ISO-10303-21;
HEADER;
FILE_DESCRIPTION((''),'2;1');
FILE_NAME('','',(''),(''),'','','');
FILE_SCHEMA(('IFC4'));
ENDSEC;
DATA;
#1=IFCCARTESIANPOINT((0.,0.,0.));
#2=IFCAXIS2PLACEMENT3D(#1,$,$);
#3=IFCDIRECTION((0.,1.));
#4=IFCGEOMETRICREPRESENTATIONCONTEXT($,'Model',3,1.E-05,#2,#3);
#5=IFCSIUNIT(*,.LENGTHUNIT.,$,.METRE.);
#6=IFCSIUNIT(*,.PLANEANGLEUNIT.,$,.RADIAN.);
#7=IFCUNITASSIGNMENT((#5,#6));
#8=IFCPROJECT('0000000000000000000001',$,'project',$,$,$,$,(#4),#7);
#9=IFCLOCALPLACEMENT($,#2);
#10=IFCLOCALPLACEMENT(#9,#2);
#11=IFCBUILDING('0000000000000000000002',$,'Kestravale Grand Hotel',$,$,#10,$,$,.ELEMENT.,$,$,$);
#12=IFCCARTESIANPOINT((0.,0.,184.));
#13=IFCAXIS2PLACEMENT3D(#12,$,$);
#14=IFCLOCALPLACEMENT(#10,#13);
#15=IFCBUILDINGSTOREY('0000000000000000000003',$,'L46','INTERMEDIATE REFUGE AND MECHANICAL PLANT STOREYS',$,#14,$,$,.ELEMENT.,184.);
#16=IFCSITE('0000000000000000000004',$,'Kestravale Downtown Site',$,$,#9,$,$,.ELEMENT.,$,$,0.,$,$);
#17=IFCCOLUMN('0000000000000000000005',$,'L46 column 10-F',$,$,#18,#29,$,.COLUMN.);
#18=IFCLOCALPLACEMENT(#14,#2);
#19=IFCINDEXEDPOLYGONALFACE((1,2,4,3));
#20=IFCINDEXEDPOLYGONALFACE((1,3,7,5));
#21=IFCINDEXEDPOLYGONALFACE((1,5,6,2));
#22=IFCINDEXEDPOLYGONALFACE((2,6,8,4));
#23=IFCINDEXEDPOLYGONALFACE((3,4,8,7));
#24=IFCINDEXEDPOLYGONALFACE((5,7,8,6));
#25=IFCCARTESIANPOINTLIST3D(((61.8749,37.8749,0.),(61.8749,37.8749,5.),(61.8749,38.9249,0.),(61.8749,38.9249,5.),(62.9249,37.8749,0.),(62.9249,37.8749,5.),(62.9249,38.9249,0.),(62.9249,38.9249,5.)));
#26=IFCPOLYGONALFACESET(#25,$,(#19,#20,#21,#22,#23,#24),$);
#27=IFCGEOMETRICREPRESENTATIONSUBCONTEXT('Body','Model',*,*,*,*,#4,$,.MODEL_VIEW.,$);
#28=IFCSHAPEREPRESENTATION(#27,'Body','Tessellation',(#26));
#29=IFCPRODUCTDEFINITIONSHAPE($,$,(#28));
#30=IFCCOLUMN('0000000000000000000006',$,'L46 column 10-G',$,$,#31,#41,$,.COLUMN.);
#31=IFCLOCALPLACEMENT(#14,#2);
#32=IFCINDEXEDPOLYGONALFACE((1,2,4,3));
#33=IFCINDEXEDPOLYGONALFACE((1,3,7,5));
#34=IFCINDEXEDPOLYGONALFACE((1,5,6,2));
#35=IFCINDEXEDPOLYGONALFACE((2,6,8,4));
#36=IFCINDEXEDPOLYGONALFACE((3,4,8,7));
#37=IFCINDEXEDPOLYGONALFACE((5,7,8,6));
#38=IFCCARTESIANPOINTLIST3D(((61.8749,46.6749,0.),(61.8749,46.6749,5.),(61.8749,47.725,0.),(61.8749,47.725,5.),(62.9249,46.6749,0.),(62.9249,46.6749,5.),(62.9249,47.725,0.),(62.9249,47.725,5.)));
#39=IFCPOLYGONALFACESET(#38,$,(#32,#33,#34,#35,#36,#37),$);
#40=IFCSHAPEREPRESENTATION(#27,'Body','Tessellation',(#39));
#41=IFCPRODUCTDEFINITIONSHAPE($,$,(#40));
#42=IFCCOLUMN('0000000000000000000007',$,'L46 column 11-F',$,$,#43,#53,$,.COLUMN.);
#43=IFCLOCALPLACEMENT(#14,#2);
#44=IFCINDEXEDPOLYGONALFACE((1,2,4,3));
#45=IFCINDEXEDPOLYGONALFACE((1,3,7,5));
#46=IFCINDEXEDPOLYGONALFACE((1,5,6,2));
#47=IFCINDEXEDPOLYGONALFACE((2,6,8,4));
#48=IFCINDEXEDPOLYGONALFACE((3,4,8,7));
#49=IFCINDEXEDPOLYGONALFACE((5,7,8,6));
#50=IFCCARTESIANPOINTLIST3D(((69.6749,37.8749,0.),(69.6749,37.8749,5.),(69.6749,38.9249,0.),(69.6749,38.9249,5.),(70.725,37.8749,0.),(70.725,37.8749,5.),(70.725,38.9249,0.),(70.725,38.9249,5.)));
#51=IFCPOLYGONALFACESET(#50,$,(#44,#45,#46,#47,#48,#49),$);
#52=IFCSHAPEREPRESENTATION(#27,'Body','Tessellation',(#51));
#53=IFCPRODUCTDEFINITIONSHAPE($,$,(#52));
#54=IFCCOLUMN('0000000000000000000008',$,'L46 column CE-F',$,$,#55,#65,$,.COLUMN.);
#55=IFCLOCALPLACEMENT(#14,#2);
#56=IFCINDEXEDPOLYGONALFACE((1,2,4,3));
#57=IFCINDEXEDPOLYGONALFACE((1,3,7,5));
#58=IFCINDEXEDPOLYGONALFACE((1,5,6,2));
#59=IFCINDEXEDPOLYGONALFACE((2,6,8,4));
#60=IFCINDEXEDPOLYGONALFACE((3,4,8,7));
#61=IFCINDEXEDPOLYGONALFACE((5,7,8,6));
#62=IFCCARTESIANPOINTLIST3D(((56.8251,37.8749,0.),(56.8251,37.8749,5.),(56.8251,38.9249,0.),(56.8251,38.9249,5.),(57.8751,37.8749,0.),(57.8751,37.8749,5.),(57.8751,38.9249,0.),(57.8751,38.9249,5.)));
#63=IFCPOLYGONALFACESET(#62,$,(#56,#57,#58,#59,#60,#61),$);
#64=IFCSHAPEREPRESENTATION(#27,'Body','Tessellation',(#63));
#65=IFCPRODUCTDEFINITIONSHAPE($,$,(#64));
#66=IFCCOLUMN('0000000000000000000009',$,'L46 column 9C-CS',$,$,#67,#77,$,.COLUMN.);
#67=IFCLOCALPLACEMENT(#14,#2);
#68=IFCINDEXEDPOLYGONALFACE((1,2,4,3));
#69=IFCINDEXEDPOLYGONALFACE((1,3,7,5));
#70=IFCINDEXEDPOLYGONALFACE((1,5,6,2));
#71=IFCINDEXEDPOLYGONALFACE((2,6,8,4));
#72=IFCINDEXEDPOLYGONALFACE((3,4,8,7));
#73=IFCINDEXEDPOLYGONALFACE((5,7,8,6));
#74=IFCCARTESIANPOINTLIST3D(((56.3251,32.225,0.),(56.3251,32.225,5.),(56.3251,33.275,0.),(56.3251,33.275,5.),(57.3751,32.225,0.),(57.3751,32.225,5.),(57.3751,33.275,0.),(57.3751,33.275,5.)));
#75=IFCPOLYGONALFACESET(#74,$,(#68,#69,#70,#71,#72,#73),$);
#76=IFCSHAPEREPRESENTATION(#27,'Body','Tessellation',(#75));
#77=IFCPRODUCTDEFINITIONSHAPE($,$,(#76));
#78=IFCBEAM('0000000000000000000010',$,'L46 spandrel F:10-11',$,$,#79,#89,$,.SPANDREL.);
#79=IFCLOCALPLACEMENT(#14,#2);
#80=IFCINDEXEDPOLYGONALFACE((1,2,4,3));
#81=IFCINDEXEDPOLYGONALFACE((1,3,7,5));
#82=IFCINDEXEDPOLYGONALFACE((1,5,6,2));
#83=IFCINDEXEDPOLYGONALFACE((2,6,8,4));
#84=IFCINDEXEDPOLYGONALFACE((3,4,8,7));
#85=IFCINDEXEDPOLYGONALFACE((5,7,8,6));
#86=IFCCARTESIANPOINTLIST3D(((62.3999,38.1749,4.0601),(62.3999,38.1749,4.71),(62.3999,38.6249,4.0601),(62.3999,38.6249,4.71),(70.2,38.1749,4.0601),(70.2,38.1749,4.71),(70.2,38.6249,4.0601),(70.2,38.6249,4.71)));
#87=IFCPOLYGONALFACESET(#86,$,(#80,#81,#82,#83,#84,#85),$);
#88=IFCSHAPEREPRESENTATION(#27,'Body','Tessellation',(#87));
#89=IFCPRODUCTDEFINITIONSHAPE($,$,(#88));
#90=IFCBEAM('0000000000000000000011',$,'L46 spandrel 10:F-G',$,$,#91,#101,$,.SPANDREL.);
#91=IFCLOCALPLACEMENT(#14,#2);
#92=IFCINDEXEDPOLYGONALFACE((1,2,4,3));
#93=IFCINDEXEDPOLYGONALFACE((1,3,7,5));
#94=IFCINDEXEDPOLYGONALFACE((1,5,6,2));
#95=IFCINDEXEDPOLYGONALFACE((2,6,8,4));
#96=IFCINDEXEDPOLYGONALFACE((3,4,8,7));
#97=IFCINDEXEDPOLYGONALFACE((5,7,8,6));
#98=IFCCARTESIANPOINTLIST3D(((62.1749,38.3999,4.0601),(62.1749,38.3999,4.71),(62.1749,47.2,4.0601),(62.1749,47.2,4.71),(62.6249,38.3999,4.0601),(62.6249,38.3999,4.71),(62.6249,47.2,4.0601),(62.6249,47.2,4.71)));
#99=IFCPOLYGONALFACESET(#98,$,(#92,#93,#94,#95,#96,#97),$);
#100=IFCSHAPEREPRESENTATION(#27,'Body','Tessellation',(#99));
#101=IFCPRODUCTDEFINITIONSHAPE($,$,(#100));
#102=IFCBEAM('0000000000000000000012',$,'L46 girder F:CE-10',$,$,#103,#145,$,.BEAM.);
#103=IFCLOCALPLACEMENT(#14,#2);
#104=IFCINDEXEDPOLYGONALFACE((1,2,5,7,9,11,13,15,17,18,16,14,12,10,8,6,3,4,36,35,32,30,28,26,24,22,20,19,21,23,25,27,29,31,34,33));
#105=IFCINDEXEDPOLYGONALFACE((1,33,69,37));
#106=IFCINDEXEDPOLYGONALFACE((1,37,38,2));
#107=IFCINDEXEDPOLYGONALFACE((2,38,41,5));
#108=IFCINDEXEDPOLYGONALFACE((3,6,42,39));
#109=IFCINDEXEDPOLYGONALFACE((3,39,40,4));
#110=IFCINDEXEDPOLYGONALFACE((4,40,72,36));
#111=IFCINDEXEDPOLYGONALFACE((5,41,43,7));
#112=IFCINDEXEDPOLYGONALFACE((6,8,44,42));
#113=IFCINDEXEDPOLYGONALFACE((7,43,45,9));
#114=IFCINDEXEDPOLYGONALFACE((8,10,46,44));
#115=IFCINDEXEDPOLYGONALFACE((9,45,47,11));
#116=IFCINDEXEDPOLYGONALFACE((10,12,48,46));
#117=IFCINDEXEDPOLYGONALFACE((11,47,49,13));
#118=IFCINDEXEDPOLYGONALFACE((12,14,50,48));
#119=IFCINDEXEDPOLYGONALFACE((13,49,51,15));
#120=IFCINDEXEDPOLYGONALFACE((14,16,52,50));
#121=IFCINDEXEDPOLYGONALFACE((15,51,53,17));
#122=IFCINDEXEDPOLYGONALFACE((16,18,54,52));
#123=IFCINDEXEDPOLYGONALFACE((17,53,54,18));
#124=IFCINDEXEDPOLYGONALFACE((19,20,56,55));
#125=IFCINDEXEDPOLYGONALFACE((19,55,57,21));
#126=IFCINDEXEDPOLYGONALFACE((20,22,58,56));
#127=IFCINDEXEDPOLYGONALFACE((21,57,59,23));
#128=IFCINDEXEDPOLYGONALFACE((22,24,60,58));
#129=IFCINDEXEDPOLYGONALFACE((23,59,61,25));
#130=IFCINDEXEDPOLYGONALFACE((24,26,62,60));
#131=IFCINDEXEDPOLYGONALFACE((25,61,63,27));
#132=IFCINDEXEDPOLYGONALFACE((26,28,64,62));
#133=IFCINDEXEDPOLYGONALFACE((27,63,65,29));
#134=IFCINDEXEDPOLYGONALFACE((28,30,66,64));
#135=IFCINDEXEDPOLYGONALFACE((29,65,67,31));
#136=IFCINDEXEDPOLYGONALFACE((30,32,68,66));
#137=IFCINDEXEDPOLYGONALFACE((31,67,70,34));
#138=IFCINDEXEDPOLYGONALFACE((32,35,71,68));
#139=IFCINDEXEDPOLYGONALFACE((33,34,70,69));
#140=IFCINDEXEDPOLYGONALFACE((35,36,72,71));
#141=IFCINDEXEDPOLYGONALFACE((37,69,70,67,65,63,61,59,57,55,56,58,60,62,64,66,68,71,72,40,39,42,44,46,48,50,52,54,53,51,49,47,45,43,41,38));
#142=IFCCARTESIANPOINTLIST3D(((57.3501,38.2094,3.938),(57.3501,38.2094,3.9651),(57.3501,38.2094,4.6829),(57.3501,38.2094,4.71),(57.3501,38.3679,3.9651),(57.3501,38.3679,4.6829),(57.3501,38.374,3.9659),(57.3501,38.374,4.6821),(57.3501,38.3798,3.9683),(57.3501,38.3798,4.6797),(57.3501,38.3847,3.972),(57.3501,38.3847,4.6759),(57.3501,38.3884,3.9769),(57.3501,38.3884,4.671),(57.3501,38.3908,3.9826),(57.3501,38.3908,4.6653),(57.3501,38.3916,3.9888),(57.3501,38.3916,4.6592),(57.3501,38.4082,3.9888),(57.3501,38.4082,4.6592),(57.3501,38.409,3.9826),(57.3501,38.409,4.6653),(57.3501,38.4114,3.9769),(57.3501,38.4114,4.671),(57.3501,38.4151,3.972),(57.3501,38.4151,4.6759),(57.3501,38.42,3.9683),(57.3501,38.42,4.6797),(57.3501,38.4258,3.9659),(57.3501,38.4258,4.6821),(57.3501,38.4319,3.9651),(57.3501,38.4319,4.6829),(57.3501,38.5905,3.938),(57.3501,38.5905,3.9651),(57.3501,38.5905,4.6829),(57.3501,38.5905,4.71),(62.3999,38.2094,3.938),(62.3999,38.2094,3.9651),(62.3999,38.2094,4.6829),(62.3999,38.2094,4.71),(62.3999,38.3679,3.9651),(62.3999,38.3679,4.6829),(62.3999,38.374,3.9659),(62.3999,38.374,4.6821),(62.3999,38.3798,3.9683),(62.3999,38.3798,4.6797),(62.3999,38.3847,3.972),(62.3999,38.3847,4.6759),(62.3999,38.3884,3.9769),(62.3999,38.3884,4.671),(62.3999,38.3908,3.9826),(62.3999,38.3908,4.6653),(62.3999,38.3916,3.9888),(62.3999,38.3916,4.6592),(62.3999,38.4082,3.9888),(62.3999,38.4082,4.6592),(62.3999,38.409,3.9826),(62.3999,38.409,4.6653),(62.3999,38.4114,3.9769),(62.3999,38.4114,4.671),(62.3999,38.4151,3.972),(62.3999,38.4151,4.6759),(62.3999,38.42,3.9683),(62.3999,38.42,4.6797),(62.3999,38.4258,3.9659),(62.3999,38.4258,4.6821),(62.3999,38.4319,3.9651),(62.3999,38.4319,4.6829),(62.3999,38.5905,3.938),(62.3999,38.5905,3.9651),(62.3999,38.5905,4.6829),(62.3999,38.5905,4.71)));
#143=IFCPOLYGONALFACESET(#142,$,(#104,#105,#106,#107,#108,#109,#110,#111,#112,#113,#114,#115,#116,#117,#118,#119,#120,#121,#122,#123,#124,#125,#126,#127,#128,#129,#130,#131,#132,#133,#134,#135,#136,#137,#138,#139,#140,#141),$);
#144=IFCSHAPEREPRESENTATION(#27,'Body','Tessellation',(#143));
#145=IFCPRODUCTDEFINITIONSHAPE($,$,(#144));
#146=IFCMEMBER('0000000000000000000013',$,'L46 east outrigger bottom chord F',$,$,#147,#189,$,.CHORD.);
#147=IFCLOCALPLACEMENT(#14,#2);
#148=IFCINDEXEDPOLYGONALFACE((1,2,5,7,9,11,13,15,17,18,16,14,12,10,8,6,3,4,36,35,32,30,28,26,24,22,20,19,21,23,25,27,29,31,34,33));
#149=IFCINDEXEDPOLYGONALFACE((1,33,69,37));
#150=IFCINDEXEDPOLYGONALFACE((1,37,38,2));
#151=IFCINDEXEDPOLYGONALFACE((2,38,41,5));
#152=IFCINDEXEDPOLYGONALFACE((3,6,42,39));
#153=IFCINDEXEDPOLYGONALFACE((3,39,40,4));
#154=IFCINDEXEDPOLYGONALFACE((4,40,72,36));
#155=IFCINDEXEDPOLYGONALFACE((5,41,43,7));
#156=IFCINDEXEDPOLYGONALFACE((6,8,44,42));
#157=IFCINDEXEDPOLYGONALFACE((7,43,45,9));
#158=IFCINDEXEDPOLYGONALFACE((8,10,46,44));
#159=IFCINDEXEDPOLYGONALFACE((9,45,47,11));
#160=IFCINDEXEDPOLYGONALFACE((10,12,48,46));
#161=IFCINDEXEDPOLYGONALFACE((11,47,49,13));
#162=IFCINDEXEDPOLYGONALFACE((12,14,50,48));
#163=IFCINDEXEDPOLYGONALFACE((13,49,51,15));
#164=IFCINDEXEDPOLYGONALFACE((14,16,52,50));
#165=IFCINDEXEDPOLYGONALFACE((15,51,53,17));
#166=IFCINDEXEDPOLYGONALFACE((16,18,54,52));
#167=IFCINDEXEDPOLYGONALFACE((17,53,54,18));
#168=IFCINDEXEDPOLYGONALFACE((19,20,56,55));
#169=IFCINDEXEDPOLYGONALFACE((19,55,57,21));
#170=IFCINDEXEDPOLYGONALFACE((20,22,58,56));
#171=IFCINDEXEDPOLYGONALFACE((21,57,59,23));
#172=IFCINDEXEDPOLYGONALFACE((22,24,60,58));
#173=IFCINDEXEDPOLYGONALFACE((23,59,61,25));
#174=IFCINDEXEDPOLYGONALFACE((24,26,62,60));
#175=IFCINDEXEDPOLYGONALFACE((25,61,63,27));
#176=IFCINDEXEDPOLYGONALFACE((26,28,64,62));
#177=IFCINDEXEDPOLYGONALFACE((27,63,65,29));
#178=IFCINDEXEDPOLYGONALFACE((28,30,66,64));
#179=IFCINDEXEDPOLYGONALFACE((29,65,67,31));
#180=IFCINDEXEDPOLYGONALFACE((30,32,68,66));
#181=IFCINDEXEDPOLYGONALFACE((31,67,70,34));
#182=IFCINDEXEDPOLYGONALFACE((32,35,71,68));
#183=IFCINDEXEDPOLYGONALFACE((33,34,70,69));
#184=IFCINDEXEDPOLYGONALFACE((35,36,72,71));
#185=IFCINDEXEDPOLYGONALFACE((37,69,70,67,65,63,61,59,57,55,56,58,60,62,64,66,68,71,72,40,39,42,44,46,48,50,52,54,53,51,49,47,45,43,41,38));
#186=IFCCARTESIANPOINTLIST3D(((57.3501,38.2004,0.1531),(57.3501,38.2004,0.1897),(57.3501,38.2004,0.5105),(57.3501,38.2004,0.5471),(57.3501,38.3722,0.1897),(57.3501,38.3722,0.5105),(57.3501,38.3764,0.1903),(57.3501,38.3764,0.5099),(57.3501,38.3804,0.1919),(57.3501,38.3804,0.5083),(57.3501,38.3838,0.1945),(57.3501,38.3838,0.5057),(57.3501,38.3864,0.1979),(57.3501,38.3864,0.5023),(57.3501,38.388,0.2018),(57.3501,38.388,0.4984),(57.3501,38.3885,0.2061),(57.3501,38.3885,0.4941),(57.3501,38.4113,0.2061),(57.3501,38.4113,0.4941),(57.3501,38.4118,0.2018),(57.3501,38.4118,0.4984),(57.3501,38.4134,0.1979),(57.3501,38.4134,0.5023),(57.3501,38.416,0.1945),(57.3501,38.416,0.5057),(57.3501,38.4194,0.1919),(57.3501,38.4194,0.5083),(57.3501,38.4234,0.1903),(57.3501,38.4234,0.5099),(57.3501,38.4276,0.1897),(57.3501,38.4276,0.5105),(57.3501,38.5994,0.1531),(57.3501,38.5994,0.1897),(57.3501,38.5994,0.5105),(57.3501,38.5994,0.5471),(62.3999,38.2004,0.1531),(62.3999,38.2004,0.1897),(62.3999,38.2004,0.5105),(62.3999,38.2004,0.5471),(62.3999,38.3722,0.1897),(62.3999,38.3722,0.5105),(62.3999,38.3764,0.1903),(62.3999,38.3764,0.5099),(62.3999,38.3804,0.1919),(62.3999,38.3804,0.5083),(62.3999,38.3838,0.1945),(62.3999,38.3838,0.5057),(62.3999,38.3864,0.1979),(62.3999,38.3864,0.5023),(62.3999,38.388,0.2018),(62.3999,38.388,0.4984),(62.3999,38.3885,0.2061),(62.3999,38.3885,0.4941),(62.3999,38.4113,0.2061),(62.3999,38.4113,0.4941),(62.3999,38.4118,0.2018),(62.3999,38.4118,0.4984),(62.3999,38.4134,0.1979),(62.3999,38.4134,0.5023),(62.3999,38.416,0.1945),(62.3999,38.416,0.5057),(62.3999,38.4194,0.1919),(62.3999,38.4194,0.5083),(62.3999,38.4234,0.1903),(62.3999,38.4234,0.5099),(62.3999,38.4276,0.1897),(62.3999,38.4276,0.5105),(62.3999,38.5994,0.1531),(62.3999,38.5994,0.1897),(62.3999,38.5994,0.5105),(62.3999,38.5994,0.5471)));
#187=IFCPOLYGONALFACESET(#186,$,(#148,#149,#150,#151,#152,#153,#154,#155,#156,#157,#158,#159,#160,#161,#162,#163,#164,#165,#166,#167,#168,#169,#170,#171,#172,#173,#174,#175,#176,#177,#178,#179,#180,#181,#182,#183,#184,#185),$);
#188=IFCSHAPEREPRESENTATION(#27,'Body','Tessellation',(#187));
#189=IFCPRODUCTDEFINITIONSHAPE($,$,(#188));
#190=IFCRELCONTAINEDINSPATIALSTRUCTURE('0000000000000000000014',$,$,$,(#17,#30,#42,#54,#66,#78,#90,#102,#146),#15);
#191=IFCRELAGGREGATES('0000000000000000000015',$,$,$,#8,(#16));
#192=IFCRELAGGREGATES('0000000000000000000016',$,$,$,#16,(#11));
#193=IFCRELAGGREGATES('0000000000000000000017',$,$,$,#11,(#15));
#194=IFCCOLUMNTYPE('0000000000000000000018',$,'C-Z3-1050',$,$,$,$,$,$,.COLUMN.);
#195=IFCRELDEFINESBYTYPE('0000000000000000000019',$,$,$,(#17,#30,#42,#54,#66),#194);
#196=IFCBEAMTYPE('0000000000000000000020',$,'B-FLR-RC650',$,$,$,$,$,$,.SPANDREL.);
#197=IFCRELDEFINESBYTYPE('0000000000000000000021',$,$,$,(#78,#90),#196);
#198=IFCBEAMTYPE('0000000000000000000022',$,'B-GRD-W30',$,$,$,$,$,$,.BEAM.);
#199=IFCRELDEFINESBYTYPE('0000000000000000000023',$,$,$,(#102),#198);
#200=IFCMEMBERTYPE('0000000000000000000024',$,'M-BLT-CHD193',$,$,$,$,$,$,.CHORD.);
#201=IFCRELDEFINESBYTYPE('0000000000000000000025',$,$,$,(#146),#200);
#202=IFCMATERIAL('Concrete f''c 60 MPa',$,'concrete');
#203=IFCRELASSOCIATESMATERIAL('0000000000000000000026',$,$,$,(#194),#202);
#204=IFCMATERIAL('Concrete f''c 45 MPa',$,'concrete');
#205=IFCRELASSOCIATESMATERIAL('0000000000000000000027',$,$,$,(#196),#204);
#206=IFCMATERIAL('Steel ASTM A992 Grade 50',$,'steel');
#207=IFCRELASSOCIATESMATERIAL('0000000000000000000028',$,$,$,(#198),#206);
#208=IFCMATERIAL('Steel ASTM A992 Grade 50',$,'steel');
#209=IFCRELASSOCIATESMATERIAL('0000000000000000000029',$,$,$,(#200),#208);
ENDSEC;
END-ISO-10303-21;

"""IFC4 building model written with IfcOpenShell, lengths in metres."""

from ifc_helpers import new_model, si_unit, direction, frame, origin, origin_2d, place, context, subcontext, project, spatial, rectangle, i_section, extrude, material, material_profile, profile_set, type_object, element, save


model = new_model("IFC4")

# Units and contexts
model_context = context("Model", 3, precision=1e-05, world=origin(), true_north=direction((0.0, 1.0)))
body_context = subcontext(model_context, "Body", "Model", "MODEL_VIEW")
ifc_project = project(units=[si_unit("LENGTHUNIT", "METRE"), si_unit("PLANEANGLEUNIT", "RADIAN")], contexts=[model_context])

# Site, building, storey
site_placement = place(None, origin())
site = spatial("IfcSite", under=ifc_project, at=site_placement, Name="Kestravale Downtown Site", CompositionType="ELEMENT", RefElevation=0.0)
building_placement = place(site_placement, origin())
building = spatial("IfcBuilding", under=site, at=building_placement, Name="Kestravale Grand Hotel", CompositionType="ELEMENT")
storey_placement = place(building_placement, frame((0.0, 0.0, 184.0)))
storey = spatial("IfcBuildingStorey", under=building, at=storey_placement, Name="L46", Description="INTERMEDIATE REFUGE AND MECHANICAL PLANT STOREYS", CompositionType="ELEMENT", Elevation=184.0)

# Columns
ifc_material_1 = material(Name="Concrete f'c 60 MPa", Category="concrete")
ifc_material_profile_1 = material_profile(ifc_material_1, rectangle(XDim=1.05, YDim=1.05, at=origin_2d()))
ifc_profile_set_1 = profile_set([ifc_material_profile_1], Name="Concrete f'c 60 MPa")
column_type = type_object("IfcColumnType", Name="C-Z3-1050", PredefinedType="COLUMN", material=ifc_profile_set_1)
for number, where, z_axis, x_axis, name in (
    (1, (62.3999, 38.3999, 0.0), (0.0, 0.0, 1.0), (1.0, 0.0, 0.0), "L46 column 10-F"),
    (2, (62.3999, 47.2, 0.0), (0.0, 0.0, 1.0), (1.0, 0.0, 0.0), "L46 column 10-G"),
    (3, (70.2, 38.3999, 0.0), (0.0, 0.0, 1.0), (1.0, 0.0, 0.0), "L46 column 11-F"),
    (4, (57.3501, 38.3999, 0.0), (0.0, 0.0, 1.0), (1.0, 0.0, 0.0), "L46 column CE-F"),
    (5, (56.8501, 32.75, 0.0), (0.0, 0.0, 1.0), (1.0, 0.0, 0.0), "L46 column 9C-CS"),
):
    element("IfcColumn", number, at=place(storey_placement, frame(where, z_axis=z_axis, x_axis=x_axis)), inside=storey, type_object=column_type, Name=name, PredefinedType="COLUMN", context=body_context, shape_type="SweptSolid", body=[
        extrude(rectangle(XDim=1.05, YDim=1.05, at=origin_2d()), origin(), (0.0, 0.0, 1.0), 5.0),
    ])

# Beams
ifc_material_2 = material(Name="Concrete f'c 45 MPa", Category="concrete")
ifc_material_profile_2 = material_profile(ifc_material_2, rectangle(XDim=0.45, YDim=0.6499, at=origin_2d()))
ifc_profile_set_2 = profile_set([ifc_material_profile_2], Name="Concrete f'c 45 MPa")
beam_type_1 = type_object("IfcBeamType", Name="B-FLR-RC650", PredefinedType="SPANDREL", material=ifc_profile_set_2)
beam_1_placement = place(storey_placement, frame((62.3999, 38.3999, 4.385), z_axis=(1.0, 0.0, 0.0), x_axis=(0.0, 1.0, 0.0)))
element("IfcBeam", 6, at=beam_1_placement, inside=storey, type_object=beam_type_1, Name="L46 spandrel F:10-11", PredefinedType="SPANDREL", context=body_context, shape_type="SweptSolid", body=[
    extrude(rectangle(XDim=0.45, YDim=0.6499, at=origin_2d()), origin(), (0.0, 0.0, 1.0), 7.8),
])
beam_2_placement = place(storey_placement, frame((62.3999, 38.3999, 4.385), z_axis=(0.0, 1.0, 0.0), x_axis=(-1.0, 0.0, 0.0)))
element("IfcBeam", 7, at=beam_2_placement, inside=storey, type_object=beam_type_1, Name="L46 spandrel 10:F-G", PredefinedType="SPANDREL", context=body_context, shape_type="SweptSolid", body=[
    extrude(rectangle(XDim=0.45, YDim=0.6499, at=origin_2d()), origin(), (0.0, 0.0, 1.0), 8.8),
])
ifc_material_3 = material(Name="Steel ASTM A992 Grade 50", Category="steel")
ifc_material_profile_3 = material_profile(ifc_material_3, i_section(OverallWidth=0.3811, OverallDepth=0.772, WebThickness=0.0166, FlangeThickness=0.0271, FilletRadius=0.0237, at=origin_2d()))
ifc_profile_set_3 = profile_set([ifc_material_profile_3], Name="Steel ASTM A992 Grade 50")
beam_type_2 = type_object("IfcBeamType", Name="B-GRD-W30", PredefinedType="BEAM", material=ifc_profile_set_3)
beam_3_placement = place(storey_placement, frame((57.3501, 38.3999, 4.324), z_axis=(1.0, 0.0, 0.0), x_axis=(0.0, 1.0, 0.0)))
element("IfcBeam", 8, at=beam_3_placement, inside=storey, type_object=beam_type_2, Name="L46 girder F:CE-10", PredefinedType="BEAM", context=body_context, shape_type="SweptSolid", body=[
    extrude(i_section(OverallWidth=0.3811, OverallDepth=0.772, WebThickness=0.0166, FlangeThickness=0.0271, FilletRadius=0.0237, at=origin_2d()), origin(), (0.0, 0.0, 1.0), 5.0498),
])

# Member
ifc_material_4 = material(Name="Steel ASTM A992 Grade 50", Category="steel")
ifc_material_profile_4 = material_profile(ifc_material_4, i_section(OverallWidth=0.3989, OverallDepth=0.394, WebThickness=0.0227, FlangeThickness=0.0366, FilletRadius=0.0164, at=origin_2d()))
ifc_profile_set_4 = profile_set([ifc_material_profile_4], Name="Steel ASTM A992 Grade 50")
member_type_1 = type_object("IfcMemberType", Name="M-BLT-CHD193", PredefinedType="CHORD", material=ifc_profile_set_4)
member_1_placement = place(storey_placement, frame((57.3501, 38.3999, 0.3501), z_axis=(1.0, 0.0, 0.0), x_axis=(0.0, 1.0, 0.0)))
element("IfcMember", 9, at=member_1_placement, inside=storey, type_object=member_type_1, Name="L46 east outrigger bottom chord F", PredefinedType="CHORD", context=body_context, shape_type="SweptSolid", body=[
    extrude(i_section(OverallWidth=0.3989, OverallDepth=0.394, WebThickness=0.0227, FlangeThickness=0.0366, FilletRadius=0.0164, at=origin_2d()), origin(), (0.0, 0.0, 1.0), 5.0498),
])

save(model, "model.ifc")
